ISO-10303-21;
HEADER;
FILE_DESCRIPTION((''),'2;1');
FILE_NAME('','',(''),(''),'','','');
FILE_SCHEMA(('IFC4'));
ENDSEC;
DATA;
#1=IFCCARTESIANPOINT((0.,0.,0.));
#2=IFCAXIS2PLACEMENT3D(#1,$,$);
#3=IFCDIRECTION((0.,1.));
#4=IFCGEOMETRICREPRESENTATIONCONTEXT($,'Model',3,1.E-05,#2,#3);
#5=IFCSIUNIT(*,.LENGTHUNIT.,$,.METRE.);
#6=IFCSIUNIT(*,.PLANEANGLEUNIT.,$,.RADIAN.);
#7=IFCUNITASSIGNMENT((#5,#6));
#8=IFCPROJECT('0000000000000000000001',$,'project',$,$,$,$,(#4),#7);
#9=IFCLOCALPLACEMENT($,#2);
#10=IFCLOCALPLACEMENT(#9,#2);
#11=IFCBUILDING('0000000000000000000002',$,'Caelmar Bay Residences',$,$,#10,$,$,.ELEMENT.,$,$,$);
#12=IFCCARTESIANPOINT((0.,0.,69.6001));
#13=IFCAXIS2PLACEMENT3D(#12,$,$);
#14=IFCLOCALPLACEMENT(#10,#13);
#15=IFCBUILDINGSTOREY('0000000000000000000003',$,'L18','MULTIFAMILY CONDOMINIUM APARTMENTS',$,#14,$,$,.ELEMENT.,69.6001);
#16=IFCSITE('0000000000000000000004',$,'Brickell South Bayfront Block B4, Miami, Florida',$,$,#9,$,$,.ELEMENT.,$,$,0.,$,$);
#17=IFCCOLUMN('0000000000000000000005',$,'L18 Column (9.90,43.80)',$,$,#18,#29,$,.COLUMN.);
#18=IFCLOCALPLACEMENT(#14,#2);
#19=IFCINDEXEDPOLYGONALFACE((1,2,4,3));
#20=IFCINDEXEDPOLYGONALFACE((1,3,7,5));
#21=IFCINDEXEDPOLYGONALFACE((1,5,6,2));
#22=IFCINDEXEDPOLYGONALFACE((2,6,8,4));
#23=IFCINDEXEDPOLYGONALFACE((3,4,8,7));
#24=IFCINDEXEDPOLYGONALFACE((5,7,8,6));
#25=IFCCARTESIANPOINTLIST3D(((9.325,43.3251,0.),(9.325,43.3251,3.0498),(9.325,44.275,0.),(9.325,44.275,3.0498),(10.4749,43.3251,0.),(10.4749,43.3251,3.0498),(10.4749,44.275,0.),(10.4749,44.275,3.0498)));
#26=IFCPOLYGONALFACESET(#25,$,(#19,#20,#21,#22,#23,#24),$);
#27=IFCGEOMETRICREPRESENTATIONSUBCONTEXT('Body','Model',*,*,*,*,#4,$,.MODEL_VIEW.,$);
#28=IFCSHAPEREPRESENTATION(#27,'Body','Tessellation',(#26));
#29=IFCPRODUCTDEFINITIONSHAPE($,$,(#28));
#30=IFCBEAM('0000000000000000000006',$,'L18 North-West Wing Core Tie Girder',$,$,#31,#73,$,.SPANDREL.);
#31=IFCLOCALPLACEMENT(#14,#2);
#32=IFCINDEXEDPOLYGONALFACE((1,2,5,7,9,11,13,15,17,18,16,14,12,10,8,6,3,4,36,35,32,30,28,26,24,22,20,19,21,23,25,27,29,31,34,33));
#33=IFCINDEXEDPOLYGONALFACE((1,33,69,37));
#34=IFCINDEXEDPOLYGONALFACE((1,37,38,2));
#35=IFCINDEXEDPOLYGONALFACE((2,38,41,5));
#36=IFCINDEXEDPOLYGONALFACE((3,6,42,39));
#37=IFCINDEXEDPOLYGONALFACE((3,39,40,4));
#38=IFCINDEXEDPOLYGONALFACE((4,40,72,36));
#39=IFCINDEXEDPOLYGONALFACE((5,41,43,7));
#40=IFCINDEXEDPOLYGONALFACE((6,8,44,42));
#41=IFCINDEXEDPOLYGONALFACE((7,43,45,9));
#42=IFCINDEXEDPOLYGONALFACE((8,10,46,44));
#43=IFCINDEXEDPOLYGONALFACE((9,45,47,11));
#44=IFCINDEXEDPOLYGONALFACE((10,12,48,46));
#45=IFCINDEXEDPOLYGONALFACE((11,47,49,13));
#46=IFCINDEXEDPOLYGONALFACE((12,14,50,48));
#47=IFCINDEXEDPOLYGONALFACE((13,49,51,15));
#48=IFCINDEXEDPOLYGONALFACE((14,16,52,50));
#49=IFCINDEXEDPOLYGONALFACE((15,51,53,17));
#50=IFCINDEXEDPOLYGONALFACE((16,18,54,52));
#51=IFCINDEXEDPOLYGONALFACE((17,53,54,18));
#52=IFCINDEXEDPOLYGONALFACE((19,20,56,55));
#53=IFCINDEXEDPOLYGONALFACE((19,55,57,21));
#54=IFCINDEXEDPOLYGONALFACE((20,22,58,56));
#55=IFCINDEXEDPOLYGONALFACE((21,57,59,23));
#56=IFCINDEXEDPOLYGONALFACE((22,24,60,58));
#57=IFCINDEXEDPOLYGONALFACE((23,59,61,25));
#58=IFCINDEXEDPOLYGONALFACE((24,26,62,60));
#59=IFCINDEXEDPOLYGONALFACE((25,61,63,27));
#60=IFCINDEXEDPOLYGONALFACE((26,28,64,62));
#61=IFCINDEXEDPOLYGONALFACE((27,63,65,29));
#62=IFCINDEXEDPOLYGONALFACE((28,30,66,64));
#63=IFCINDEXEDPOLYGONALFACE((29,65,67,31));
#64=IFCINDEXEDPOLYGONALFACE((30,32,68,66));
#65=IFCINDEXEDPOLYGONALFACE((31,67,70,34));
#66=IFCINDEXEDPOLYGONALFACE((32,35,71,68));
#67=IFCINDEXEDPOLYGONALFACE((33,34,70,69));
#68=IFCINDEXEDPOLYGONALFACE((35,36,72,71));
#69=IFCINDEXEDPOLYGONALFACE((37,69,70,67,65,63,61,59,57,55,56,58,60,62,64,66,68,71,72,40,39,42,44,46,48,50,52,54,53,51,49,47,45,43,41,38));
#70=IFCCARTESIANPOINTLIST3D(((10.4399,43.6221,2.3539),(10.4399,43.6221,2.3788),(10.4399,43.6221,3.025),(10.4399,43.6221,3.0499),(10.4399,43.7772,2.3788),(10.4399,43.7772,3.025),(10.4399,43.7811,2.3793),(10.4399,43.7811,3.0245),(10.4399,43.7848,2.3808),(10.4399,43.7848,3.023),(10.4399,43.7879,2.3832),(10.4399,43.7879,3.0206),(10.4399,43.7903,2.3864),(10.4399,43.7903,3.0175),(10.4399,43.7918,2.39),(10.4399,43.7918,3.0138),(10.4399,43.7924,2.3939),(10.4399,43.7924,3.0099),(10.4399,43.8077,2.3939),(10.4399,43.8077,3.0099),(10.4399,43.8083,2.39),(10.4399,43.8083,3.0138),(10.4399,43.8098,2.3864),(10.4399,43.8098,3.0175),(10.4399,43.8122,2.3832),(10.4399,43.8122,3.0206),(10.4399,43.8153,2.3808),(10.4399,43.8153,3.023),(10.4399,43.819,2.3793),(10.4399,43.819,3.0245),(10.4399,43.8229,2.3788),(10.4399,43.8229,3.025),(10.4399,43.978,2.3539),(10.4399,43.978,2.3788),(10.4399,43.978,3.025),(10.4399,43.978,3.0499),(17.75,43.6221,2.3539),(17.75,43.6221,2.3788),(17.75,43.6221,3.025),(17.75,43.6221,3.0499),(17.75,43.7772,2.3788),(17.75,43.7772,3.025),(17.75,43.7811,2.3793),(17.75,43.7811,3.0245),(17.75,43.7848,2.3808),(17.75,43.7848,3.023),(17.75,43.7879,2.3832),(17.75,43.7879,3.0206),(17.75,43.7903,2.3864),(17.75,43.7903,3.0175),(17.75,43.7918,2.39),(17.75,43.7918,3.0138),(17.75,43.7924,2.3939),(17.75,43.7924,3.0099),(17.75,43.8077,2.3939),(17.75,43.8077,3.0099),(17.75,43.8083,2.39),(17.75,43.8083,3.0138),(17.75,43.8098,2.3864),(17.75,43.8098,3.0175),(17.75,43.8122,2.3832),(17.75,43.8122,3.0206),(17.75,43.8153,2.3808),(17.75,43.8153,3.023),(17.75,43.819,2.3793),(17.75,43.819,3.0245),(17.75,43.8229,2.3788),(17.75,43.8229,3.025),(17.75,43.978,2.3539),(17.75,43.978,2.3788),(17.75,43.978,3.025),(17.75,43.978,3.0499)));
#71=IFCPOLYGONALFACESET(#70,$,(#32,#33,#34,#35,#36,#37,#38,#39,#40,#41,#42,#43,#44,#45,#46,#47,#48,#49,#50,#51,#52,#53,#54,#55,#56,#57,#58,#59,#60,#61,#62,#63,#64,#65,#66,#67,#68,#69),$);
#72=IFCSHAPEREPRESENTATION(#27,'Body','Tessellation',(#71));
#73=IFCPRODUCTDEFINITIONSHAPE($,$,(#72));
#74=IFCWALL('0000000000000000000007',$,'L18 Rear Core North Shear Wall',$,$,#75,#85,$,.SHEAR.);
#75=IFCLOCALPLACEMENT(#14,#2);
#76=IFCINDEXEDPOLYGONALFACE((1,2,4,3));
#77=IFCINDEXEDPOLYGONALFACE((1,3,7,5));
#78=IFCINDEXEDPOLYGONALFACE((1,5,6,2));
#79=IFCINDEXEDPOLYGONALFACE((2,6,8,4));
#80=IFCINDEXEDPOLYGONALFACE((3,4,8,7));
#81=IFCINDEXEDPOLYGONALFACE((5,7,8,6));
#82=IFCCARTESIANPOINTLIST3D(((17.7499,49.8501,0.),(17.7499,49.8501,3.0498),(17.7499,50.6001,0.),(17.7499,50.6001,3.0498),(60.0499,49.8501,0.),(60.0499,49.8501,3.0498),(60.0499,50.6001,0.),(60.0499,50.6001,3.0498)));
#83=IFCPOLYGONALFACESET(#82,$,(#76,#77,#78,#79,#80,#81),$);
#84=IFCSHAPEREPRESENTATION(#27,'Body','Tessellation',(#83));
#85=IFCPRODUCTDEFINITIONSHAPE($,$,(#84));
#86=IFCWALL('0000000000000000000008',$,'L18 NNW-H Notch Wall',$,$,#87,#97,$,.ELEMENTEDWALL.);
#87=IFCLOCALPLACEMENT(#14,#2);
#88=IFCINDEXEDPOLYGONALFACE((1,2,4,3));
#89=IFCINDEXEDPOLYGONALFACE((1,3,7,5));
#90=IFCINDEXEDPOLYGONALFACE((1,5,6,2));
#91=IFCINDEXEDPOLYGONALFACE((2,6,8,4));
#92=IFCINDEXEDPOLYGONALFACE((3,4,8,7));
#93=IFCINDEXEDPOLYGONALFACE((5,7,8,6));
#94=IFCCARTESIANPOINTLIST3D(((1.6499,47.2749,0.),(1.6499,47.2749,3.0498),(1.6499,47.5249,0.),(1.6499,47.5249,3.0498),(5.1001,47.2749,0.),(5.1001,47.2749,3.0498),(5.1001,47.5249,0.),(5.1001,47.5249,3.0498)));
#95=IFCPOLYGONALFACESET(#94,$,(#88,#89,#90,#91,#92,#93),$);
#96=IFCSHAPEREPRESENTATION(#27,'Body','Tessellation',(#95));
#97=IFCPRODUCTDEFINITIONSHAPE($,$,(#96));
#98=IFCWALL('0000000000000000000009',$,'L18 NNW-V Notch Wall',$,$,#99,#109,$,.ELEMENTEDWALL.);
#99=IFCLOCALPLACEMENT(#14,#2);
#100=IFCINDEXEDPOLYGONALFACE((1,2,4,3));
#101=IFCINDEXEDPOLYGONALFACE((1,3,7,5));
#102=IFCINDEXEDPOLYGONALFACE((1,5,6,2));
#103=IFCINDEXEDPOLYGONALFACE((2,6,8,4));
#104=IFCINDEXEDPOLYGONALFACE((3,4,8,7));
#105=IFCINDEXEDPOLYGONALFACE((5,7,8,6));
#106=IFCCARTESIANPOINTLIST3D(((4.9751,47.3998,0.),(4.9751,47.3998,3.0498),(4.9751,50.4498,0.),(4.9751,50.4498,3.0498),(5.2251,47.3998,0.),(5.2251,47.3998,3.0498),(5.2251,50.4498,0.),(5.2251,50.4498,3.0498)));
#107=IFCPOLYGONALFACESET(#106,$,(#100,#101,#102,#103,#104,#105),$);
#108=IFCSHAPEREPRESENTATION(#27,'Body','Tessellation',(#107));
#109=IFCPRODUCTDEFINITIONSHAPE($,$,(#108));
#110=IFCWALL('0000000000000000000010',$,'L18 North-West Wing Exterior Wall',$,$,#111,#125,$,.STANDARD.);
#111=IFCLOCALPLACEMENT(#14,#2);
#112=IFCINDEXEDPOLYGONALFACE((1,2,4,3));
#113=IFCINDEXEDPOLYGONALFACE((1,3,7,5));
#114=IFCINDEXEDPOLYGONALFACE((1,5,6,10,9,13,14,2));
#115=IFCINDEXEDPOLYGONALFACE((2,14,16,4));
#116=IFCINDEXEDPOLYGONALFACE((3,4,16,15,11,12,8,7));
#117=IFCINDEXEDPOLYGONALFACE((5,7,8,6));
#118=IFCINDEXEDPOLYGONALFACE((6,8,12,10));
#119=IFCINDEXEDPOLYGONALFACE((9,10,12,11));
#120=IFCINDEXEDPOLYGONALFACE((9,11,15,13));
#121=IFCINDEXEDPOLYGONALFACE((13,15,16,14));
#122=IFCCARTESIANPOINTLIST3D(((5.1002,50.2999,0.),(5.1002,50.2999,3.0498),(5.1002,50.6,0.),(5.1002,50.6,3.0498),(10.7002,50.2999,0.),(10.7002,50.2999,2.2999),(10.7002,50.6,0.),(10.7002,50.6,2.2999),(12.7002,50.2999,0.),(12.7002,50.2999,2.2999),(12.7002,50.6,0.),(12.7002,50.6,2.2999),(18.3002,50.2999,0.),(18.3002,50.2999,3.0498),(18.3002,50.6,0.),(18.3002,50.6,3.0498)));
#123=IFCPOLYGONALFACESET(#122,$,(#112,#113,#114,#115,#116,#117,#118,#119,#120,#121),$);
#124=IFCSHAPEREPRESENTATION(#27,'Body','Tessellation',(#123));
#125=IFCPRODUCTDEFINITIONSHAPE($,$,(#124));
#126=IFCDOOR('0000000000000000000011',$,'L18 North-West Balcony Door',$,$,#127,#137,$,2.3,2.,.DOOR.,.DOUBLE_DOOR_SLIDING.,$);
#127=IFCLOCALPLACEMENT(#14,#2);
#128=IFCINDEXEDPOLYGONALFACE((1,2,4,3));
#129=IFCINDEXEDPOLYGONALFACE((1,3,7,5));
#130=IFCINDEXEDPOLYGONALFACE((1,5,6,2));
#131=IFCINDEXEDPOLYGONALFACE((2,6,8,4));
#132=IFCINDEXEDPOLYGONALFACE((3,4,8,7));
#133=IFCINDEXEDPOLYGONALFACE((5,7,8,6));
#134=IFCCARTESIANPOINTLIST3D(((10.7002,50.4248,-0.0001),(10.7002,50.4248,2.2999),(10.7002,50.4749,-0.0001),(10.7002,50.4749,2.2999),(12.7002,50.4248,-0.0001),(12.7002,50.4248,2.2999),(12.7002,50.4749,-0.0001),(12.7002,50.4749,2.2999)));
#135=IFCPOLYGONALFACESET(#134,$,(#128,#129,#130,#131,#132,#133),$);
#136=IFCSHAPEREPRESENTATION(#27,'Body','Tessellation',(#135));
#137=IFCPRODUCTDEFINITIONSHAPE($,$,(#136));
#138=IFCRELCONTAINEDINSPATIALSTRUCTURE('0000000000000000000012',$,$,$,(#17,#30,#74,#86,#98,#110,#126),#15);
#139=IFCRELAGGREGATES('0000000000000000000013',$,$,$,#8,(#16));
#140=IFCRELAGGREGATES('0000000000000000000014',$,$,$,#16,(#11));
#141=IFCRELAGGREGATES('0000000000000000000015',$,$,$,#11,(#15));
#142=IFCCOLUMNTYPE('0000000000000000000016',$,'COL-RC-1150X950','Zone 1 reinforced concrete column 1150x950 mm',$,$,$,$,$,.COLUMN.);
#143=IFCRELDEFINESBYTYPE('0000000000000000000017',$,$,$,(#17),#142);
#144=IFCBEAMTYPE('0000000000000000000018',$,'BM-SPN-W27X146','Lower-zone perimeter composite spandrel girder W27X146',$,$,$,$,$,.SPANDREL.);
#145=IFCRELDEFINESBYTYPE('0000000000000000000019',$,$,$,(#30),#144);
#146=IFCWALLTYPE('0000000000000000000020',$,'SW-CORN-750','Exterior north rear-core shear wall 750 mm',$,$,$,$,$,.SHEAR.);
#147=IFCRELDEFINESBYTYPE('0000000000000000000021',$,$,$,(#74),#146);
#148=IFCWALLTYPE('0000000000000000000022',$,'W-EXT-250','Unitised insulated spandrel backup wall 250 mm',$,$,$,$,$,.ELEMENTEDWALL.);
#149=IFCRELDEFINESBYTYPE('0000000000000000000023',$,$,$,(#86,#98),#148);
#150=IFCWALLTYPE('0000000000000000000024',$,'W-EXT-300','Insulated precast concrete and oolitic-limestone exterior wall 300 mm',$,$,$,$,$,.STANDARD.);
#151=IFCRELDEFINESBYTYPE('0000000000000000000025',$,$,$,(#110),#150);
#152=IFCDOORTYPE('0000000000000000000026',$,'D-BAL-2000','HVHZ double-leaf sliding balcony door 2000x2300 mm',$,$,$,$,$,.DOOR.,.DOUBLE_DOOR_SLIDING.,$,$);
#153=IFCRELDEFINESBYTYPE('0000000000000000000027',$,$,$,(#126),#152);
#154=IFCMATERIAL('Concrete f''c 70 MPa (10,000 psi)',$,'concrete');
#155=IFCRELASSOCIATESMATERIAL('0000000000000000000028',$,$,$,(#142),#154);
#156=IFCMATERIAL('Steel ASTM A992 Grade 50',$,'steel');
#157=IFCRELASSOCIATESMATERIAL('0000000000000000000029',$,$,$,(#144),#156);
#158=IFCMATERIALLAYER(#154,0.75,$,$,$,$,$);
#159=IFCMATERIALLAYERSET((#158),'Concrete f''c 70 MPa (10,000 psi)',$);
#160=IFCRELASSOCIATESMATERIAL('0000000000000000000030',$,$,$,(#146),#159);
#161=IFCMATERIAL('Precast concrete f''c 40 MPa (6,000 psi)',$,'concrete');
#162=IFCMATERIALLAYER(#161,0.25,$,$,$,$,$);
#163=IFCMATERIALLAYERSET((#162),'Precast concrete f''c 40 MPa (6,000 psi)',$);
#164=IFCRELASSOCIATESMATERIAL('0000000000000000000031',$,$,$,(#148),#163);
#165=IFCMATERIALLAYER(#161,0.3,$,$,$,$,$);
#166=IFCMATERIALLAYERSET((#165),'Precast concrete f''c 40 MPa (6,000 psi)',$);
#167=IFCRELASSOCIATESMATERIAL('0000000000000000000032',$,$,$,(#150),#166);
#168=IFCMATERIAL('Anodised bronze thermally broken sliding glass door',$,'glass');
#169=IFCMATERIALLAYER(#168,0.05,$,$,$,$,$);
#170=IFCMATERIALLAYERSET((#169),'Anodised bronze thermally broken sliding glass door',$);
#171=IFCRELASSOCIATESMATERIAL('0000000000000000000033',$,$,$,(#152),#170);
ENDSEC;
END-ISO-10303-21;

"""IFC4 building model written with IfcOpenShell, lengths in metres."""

from ifc_helpers import new_model, si_unit, direction, frame, frame_2d, origin, origin_2d, place, context, subcontext, project, spatial, rectangle, i_section, extrude, material, layer, layer_set, material_profile, profile_set, type_object, element, fill, save


model = new_model("IFC4")

# Units and contexts
model_context = context("Model", 3, precision=1e-05, world=origin(), true_north=direction((0.0, 1.0)))
body_context = subcontext(model_context, "Body", "Model", "MODEL_VIEW")
ifc_project = project(units=[si_unit("LENGTHUNIT", "METRE"), si_unit("PLANEANGLEUNIT", "RADIAN")], contexts=[model_context])

# Site, building, storey
site_placement = place(None, origin())
site = spatial("IfcSite", under=ifc_project, at=site_placement, Name="Brickell South Bayfront Block B4, Miami, Florida", CompositionType="ELEMENT", RefElevation=0.0)
building_placement = place(site_placement, origin())
building = spatial("IfcBuilding", under=site, at=building_placement, Name="Caelmar Bay Residences", CompositionType="ELEMENT")
storey_placement = place(building_placement, frame((0.0, 0.0, 69.6001)))
storey = spatial("IfcBuildingStorey", under=building, at=storey_placement, Name="L18", Description="MULTIFAMILY CONDOMINIUM APARTMENTS", CompositionType="ELEMENT", Elevation=69.6001)

# Column
ifc_material_1 = material(Name="Concrete f'c 70 MPa (10,000 psi)", Category="concrete")
ifc_material_profile_1 = material_profile(ifc_material_1, rectangle(XDim=1.1499, YDim=0.95, at=origin_2d()), Name="RC-COL-1150X950")
ifc_profile_set_1 = profile_set([ifc_material_profile_1], Name="Concrete f'c 70 MPa (10,000 psi)")
column_type = type_object("IfcColumnType", Name="COL-RC-1150X950", Description="Zone 1 reinforced concrete column 1150x950 mm", PredefinedType="COLUMN", material=ifc_profile_set_1)
column_placement = place(storey_placement, frame((9.8999, 43.8, 0.0), z_axis=(0.0, 0.0, 1.0), x_axis=(1.0, 0.0, 0.0)))
element("IfcColumn", 1, at=column_placement, inside=storey, type_object=column_type, Name="L18 Column (9.90,43.80)", PredefinedType="COLUMN", context=body_context, shape_type="SweptSolid", body=[
    extrude(rectangle(XDim=1.1499, YDim=0.95, at=origin_2d()), origin(), (0.0, 0.0, 1.0), 3.0498),
])

# Beam
ifc_material_2 = material(Name="Steel ASTM A992 Grade 50", Category="steel")
ifc_material_profile_2 = material_profile(ifc_material_2, i_section(OverallWidth=0.356, OverallDepth=0.696, WebThickness=0.0154, FlangeThickness=0.0249, FilletRadius=0.0151, at=origin_2d()), Name="W27X146")
ifc_profile_set_2 = profile_set([ifc_material_profile_2], Name="Steel ASTM A992 Grade 50")
beam_type = type_object("IfcBeamType", Name="BM-SPN-W27X146", Description="Lower-zone perimeter composite spandrel girder W27X146", PredefinedType="SPANDREL", material=ifc_profile_set_2)
beam_placement = place(storey_placement, frame((10.4399, 43.8, 2.7019), z_axis=(1.0, 0.0, 0.0), x_axis=(0.0, 1.0, 0.0)))
element("IfcBeam", 2, at=beam_placement, inside=storey, type_object=beam_type, Name="L18 North-West Wing Core Tie Girder", PredefinedType="SPANDREL", context=body_context, shape_type="SweptSolid", body=[
    extrude(i_section(OverallWidth=0.356, OverallDepth=0.696, WebThickness=0.0154, FlangeThickness=0.0249, FilletRadius=0.0151, at=origin_2d()), origin(), (0.0, 0.0, 1.0), 7.3101),
])

# Walls
ifc_layer_1 = layer(ifc_material_1, 0.75)
ifc_layer_set_1 = layer_set([ifc_layer_1], Name="Concrete f'c 70 MPa (10,000 psi)")
wall_type_1 = type_object("IfcWallType", Name="SW-CORN-750", Description="Exterior north rear-core shear wall 750 mm", PredefinedType="SHEAR", material=ifc_layer_set_1)
wall_1_placement = place(storey_placement, frame((17.75, 50.2251, 0.0), z_axis=(0.0, 0.0, 1.0), x_axis=(1.0, 0.0, 0.0)))
element("IfcWall", 3, at=wall_1_placement, inside=storey, type_object=wall_type_1, Name="L18 Rear Core North Shear Wall", PredefinedType="SHEAR", context=body_context, shape_type="SweptSolid", body=[
    extrude(rectangle(XDim=42.3, YDim=0.75, at=frame_2d((21.1499, 0.0))), origin(), (0.0, 0.0, 1.0), 3.0498),
])
ifc_material_3 = material(Name="Precast concrete f'c 40 MPa (6,000 psi)", Category="concrete")
ifc_layer_2 = layer(ifc_material_3, 0.25)
ifc_layer_set_2 = layer_set([ifc_layer_2], Name="Precast concrete f'c 40 MPa (6,000 psi)")
wall_type_2 = type_object("IfcWallType", Name="W-EXT-250", Description="Unitised insulated spandrel backup wall 250 mm", PredefinedType="ELEMENTEDWALL", material=ifc_layer_set_2)
wall_2_placement = place(storey_placement, frame((1.6499, 47.3999, 0.0), z_axis=(0.0, 0.0, 1.0), x_axis=(1.0, 0.0, 0.0)))
element("IfcWall", 4, at=wall_2_placement, inside=storey, type_object=wall_type_2, Name="L18 NNW-H Notch Wall", PredefinedType="ELEMENTEDWALL", context=body_context, shape_type="SweptSolid", body=[
    extrude(rectangle(XDim=3.4502, YDim=0.25, at=frame_2d((1.7251, 0.0))), origin(), (0.0, 0.0, 1.0), 3.0498),
])
wall_3_placement = place(storey_placement, frame((5.1001, 47.3999, 0.0), z_axis=(0.0, 0.0, 1.0), x_axis=(0.0, 1.0, 0.0)))
element("IfcWall", 5, at=wall_3_placement, inside=storey, type_object=wall_type_2, Name="L18 NNW-V Notch Wall", PredefinedType="ELEMENTEDWALL", context=body_context, shape_type="SweptSolid", body=[
    extrude(rectangle(XDim=3.05, YDim=0.25, at=frame_2d((1.5249, 0.0))), origin(), (0.0, 0.0, 1.0), 3.0498),
])

# Wall, opening, door
ifc_layer_3 = layer(ifc_material_3, 0.3)
ifc_layer_set_3 = layer_set([ifc_layer_3], Name="Precast concrete f'c 40 MPa (6,000 psi)")
wall_type_3 = type_object("IfcWallType", Name="W-EXT-300", Description="Insulated precast concrete and oolitic-limestone exterior wall 300 mm", PredefinedType="STANDARD", material=ifc_layer_set_3)
wall_4_placement = place(storey_placement, frame((5.1001, 50.45, 0.0), z_axis=(0.0, 0.0, 1.0), x_axis=(1.0, 0.0, 0.0)))
wall_4 = element("IfcWall", 6, at=wall_4_placement, inside=storey, type_object=wall_type_3, Name="L18 North-West Wing Exterior Wall", PredefinedType="STANDARD", context=body_context, shape_type="SweptSolid", body=[
    extrude(rectangle(XDim=13.2, YDim=0.3, at=frame_2d((6.6001, 0.0))), origin(), (0.0, 0.0, 1.0), 3.0498),
])
opening_1_placement = place(wall_4_placement, frame((5.6001, 0.0, 0.0)))
opening_1 = element("IfcOpeningElement", 7, at=opening_1_placement, cuts=wall_4, PredefinedType="OPENING", context=body_context, shape_type="SweptSolid", body=[
    extrude(rectangle(XDim=2.0, YDim=2.3, at=frame_2d((1.0, 1.1499))), frame((0.0, 0.1599, 0.0), z_axis=(0.0, -1.0, 0.0), x_axis=(1.0, 0.0, 0.0)), (0.0, 0.0, 1.0), 0.3201),
])
ifc_material_4 = material(Name="Anodised bronze thermally broken sliding glass door", Category="glass")
ifc_layer_4 = layer(ifc_material_4, 0.05)
ifc_layer_set_4 = layer_set([ifc_layer_4], Name="Anodised bronze thermally broken sliding glass door")
door_type_1 = type_object("IfcDoorType", Name="D-BAL-2000", Description="HVHZ double-leaf sliding balcony door 2000x2300 mm", OperationType="DOUBLE_DOOR_SLIDING", PredefinedType="DOOR", material=ifc_layer_set_4)
door_1_placement = place(opening_1_placement, origin())
door_1 = element("IfcDoor", 8, at=door_1_placement, inside=storey, type_object=door_type_1, Name="L18 North-West Balcony Door", OperationType="DOUBLE_DOOR_SLIDING", OverallHeight=2.3, OverallWidth=2.0, PredefinedType="DOOR", context=body_context, shape_type="SweptSolid", body=[
    extrude(rectangle(XDim=2.0, YDim=2.3, at=frame_2d((1.0, 1.1499))), frame((0.0, 0.0249, 0.0), z_axis=(0.0, -1.0, 0.0), x_axis=(1.0, 0.0, 0.0)), (0.0, 0.0, 1.0), 0.05),
])
fill(opening_1, door_1)

save(model, "model.ifc")
